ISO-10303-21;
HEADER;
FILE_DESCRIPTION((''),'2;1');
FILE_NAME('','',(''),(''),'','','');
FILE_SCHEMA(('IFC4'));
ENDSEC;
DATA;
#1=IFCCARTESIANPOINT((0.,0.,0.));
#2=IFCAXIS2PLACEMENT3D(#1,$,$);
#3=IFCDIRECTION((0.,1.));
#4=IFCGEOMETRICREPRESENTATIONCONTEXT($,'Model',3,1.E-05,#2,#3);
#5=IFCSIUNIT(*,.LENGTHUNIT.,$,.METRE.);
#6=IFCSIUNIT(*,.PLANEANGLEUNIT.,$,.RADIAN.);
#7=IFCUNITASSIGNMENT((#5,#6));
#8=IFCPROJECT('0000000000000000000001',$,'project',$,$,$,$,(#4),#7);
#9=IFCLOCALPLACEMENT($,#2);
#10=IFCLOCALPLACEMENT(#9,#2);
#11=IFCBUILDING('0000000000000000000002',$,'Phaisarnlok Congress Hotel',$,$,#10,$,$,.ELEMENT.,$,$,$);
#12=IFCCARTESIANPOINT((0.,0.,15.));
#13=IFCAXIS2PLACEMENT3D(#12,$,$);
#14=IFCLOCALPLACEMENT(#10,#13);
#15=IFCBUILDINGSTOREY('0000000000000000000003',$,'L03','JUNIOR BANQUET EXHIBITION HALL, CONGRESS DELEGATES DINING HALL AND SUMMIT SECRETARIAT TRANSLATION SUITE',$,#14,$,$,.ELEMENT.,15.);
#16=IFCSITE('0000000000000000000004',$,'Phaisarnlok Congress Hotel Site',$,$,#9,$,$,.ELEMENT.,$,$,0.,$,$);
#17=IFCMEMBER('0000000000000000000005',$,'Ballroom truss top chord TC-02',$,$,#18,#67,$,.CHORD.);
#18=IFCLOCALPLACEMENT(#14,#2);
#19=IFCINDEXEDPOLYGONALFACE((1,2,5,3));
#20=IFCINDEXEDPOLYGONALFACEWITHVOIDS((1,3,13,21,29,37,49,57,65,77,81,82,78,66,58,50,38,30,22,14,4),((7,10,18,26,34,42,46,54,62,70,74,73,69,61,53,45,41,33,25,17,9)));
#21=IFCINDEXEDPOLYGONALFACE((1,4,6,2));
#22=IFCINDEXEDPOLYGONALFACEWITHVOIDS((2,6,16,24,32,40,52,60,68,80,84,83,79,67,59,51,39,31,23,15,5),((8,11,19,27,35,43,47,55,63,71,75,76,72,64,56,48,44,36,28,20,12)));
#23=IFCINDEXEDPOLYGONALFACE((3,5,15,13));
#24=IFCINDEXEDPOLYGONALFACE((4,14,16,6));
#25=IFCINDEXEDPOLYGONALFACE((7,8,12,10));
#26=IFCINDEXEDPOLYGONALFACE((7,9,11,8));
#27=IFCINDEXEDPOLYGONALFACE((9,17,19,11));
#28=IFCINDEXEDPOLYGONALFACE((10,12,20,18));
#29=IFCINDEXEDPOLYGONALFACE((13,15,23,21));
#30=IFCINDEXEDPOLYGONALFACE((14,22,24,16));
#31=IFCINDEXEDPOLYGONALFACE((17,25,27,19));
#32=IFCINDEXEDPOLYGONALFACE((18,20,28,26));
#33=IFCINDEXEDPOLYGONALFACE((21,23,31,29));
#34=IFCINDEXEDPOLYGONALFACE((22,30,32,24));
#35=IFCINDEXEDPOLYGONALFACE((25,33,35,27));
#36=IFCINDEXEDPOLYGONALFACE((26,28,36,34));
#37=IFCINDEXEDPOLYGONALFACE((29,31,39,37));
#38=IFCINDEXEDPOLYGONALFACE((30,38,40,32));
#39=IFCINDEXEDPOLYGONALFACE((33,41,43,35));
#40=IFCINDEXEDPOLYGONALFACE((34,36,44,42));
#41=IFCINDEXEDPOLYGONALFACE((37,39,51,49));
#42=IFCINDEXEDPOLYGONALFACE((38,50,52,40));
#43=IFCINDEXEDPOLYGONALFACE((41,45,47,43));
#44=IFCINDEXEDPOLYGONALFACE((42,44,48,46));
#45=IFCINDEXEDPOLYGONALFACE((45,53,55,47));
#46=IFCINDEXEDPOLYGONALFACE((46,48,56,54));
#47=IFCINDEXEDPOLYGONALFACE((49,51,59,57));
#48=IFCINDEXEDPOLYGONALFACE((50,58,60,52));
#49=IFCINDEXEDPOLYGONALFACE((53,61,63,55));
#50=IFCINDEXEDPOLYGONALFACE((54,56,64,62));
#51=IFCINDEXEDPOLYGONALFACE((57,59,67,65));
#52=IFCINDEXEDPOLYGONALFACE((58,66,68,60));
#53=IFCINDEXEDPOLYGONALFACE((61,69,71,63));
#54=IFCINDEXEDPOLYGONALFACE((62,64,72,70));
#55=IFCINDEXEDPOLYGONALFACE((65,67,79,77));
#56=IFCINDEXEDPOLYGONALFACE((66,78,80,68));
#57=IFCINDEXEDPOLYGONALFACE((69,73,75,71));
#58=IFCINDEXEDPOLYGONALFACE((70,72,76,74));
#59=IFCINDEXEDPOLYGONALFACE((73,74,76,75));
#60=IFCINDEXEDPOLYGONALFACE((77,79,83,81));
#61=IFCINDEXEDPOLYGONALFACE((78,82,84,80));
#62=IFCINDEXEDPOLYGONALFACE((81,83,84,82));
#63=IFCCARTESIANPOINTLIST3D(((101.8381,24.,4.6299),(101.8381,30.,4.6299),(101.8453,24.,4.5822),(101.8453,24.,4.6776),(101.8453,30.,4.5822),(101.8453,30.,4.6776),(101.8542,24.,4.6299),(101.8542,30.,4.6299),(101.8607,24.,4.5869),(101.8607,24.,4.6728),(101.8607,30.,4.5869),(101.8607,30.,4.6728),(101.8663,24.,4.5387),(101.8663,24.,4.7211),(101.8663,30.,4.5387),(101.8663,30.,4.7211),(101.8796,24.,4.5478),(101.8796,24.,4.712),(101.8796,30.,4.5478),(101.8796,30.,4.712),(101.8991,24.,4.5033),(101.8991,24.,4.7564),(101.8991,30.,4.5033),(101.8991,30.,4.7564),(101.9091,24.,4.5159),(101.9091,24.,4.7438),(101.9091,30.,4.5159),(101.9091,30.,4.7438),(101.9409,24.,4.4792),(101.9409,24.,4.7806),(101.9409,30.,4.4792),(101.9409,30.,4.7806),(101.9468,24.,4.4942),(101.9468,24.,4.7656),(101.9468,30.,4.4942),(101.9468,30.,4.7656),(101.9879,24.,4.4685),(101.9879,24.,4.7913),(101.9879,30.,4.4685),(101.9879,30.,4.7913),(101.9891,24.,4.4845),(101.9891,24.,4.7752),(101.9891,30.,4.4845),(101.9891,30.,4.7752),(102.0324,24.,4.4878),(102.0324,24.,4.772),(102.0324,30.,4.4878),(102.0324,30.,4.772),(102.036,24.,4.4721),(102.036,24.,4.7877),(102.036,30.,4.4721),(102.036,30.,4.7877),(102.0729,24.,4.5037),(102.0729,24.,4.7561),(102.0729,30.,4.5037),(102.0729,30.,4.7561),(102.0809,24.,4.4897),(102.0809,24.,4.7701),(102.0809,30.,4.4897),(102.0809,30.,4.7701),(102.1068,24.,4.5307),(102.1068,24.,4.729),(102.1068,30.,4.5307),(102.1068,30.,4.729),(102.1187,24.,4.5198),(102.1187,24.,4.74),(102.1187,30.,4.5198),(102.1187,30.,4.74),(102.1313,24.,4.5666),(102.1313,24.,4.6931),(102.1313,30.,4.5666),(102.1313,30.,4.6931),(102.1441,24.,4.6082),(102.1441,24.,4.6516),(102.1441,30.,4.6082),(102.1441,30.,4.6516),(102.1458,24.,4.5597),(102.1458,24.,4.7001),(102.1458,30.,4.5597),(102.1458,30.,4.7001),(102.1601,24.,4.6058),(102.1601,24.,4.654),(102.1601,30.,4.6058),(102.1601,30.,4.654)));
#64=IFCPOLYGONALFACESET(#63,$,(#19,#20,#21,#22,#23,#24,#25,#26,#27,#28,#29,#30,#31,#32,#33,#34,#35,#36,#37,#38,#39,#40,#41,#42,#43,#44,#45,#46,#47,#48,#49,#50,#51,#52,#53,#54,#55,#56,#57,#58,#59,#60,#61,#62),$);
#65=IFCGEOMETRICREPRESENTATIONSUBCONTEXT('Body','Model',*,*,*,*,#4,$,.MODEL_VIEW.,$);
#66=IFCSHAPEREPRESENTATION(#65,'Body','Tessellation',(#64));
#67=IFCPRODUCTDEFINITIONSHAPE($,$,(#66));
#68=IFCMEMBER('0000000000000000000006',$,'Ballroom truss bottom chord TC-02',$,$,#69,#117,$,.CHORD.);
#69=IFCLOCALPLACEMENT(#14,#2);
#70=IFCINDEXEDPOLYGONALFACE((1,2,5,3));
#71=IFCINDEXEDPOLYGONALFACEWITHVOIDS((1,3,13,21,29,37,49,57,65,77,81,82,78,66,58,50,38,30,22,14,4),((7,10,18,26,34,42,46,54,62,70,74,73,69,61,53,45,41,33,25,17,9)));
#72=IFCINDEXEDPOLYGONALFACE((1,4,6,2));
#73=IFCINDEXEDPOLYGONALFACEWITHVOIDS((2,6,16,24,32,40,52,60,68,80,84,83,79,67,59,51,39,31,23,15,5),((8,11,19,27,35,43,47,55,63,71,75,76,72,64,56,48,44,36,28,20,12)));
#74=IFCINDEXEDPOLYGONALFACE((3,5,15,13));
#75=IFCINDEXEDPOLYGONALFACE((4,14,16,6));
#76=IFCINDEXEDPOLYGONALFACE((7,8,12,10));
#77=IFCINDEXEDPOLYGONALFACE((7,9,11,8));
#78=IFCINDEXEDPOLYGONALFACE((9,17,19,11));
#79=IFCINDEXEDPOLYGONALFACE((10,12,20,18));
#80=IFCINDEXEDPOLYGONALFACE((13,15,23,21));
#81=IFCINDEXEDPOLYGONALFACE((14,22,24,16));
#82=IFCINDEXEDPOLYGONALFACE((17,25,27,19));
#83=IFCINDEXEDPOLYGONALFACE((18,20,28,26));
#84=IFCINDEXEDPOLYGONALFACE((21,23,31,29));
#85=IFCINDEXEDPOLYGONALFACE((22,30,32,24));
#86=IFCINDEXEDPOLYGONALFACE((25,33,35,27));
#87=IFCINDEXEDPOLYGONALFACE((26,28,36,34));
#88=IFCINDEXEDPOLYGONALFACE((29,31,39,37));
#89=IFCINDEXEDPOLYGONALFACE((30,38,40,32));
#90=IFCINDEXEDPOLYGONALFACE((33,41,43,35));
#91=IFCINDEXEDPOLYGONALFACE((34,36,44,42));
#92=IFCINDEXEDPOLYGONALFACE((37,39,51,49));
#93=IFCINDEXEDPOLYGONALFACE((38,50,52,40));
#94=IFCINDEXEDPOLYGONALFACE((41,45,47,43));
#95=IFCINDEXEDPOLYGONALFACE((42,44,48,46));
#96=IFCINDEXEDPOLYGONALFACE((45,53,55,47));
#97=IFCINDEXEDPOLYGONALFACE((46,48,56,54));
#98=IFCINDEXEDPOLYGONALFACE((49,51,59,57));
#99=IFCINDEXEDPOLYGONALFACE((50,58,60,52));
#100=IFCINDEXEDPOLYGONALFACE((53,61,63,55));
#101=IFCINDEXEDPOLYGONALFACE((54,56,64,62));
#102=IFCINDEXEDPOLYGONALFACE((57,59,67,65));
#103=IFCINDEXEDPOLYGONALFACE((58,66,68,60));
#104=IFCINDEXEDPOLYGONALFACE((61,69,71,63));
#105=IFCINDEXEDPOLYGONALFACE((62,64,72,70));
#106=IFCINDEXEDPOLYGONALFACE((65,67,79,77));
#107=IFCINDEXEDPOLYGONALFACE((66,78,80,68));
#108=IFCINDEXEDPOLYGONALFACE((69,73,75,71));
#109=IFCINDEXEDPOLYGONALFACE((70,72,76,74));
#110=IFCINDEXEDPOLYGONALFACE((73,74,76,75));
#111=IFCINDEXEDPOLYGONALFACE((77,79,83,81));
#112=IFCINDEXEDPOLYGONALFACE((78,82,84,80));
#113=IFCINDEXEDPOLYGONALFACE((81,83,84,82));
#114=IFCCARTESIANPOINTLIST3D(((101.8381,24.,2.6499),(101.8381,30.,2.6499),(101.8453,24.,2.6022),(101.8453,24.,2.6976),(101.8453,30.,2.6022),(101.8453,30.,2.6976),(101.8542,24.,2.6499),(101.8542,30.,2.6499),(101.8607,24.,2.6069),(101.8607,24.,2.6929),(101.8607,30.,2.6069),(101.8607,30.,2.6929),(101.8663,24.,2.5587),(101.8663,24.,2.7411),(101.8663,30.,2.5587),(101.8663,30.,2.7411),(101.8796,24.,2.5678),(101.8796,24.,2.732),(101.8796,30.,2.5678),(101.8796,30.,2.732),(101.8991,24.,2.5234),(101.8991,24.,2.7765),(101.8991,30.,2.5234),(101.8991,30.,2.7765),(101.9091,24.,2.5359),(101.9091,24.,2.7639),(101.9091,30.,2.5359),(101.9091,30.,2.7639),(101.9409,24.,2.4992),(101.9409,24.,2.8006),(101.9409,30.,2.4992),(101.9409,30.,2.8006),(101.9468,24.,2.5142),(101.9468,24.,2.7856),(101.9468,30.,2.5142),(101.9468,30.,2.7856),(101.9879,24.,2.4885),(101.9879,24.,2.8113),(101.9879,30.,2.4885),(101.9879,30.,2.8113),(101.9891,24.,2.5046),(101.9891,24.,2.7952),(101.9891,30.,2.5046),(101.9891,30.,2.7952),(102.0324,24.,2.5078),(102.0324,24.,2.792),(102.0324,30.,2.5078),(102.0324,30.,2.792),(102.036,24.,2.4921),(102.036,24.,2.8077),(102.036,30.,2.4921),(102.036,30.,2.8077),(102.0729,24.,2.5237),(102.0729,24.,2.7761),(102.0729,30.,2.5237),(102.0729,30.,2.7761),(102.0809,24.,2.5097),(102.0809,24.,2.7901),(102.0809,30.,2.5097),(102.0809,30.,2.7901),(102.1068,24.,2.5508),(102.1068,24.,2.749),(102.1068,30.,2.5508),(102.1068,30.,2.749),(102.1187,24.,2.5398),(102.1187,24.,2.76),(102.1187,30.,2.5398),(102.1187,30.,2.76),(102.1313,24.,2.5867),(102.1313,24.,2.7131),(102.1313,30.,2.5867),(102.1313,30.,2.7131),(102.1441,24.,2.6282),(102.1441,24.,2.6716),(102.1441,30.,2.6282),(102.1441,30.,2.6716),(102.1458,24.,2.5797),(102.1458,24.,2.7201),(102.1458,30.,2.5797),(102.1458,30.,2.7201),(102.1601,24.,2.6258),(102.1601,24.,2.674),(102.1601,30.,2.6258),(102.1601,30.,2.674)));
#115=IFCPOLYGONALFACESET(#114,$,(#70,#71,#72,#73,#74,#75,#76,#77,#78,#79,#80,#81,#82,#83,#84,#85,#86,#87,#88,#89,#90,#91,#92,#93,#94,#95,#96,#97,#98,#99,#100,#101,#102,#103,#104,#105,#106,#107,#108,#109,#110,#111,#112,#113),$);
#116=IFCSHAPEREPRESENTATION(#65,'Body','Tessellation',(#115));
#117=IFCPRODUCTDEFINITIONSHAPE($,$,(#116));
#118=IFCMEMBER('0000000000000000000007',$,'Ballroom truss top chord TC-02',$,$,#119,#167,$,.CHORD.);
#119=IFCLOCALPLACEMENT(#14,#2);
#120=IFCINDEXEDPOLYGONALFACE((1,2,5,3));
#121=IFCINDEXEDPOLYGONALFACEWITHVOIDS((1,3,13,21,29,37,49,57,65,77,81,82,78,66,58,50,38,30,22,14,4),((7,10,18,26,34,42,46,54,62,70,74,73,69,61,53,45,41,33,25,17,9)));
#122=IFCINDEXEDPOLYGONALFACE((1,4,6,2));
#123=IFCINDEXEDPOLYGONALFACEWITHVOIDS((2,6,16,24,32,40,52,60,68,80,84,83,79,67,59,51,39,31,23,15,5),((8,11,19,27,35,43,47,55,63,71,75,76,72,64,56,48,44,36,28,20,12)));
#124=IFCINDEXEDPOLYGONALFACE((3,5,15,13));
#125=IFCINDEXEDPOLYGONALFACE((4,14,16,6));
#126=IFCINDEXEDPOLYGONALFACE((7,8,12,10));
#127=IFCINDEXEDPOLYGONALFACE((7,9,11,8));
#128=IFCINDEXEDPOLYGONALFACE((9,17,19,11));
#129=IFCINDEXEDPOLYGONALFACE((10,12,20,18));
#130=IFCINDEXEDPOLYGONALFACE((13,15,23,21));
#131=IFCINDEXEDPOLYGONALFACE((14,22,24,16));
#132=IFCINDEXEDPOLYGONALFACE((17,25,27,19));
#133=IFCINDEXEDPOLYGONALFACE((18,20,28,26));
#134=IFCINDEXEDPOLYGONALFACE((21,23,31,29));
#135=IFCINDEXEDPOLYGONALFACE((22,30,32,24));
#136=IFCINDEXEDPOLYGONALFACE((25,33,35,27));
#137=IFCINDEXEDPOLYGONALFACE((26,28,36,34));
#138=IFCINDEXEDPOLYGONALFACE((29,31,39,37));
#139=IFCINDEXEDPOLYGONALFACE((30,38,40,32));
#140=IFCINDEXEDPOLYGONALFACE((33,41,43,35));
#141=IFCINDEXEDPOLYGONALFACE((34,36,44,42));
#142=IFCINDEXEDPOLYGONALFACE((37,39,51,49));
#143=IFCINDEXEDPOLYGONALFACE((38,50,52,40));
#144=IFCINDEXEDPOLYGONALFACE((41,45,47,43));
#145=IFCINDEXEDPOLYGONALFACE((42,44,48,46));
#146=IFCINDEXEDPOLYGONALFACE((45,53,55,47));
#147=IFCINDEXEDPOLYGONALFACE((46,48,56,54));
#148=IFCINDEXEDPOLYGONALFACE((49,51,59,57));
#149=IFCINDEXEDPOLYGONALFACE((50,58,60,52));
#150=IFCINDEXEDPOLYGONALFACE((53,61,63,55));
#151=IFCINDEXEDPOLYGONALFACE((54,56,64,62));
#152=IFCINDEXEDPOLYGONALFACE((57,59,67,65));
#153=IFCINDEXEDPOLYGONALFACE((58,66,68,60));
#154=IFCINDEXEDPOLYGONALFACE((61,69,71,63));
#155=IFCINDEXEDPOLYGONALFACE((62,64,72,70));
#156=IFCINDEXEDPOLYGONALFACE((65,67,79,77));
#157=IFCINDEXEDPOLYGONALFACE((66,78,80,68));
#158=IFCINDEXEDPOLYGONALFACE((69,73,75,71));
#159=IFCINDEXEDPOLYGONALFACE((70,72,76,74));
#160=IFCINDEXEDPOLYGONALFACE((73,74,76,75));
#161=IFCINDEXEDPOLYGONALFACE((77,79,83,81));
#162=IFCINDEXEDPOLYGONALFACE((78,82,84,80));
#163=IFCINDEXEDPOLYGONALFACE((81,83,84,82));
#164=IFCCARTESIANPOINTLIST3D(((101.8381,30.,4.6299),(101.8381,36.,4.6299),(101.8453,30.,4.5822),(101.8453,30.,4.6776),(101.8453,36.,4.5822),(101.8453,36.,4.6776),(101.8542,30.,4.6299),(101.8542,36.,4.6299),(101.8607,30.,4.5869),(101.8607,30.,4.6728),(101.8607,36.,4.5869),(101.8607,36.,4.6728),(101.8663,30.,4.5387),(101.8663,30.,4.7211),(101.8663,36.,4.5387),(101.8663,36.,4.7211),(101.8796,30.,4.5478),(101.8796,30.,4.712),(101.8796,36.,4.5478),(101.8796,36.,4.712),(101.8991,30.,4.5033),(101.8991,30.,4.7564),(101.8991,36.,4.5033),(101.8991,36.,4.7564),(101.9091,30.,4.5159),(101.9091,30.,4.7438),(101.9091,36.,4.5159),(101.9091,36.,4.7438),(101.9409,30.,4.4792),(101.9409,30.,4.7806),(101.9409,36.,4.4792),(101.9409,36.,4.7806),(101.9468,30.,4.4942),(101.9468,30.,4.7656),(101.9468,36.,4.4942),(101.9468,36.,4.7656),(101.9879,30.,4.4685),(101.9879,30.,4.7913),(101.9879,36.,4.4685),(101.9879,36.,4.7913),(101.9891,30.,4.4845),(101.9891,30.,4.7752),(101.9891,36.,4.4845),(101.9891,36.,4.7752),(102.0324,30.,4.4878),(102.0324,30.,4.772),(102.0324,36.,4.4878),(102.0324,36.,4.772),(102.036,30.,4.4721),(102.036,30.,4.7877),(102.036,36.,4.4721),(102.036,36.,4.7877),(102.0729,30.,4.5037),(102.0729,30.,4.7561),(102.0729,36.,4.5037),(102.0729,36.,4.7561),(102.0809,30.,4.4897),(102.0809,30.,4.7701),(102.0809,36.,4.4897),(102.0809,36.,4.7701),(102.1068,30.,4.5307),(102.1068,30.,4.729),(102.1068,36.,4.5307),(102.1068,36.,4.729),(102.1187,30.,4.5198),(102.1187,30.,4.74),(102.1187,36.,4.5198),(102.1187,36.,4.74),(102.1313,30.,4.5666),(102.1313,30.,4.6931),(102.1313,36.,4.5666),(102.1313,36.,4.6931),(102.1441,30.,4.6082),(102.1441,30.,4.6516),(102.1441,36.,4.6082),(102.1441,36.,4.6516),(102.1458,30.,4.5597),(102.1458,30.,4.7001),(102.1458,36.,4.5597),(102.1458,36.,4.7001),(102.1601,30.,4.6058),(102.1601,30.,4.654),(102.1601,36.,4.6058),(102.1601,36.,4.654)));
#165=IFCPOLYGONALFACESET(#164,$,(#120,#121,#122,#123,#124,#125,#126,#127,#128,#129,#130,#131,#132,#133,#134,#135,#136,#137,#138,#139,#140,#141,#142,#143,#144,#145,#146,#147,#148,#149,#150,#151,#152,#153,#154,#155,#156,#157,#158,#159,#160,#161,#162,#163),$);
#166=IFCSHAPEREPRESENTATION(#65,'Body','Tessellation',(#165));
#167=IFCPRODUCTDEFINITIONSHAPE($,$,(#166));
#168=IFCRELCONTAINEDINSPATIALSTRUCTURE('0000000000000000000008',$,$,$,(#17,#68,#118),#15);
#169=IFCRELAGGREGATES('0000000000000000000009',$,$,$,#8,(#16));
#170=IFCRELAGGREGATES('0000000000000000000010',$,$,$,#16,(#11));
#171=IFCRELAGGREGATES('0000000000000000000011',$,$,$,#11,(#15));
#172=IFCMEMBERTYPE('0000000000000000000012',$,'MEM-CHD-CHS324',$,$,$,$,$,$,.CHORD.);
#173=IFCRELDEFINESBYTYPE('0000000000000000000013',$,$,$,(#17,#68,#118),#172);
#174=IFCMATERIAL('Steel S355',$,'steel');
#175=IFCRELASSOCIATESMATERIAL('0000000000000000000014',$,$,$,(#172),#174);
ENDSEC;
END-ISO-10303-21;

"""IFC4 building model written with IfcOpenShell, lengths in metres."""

from ifc_helpers import new_model, si_unit, direction, frame, origin, origin_2d, place, context, subcontext, project, spatial, hollow_circle, extrude, material, material_profile, profile_set, type_object, element, save


model = new_model("IFC4")

# Units and contexts
model_context = context("Model", 3, precision=1e-05, world=origin(), true_north=direction((0.0, 1.0)))
body_context = subcontext(model_context, "Body", "Model", "MODEL_VIEW")
ifc_project = project(units=[si_unit("LENGTHUNIT", "METRE"), si_unit("PLANEANGLEUNIT", "RADIAN")], contexts=[model_context])

# Site, building, storey
site_placement = place(None, origin())
site = spatial("IfcSite", under=ifc_project, at=site_placement, Name="Phaisarnlok Congress Hotel Site", CompositionType="ELEMENT", RefElevation=0.0)
building_placement = place(site_placement, origin())
building = spatial("IfcBuilding", under=site, at=building_placement, Name="Phaisarnlok Congress Hotel", CompositionType="ELEMENT")
storey_placement = place(building_placement, frame((0.0, 0.0, 15.0)))
storey = spatial("IfcBuildingStorey", under=building, at=storey_placement, Name="L03", Description="JUNIOR BANQUET EXHIBITION HALL, CONGRESS DELEGATES DINING HALL AND SUMMIT SECRETARIAT TRANSLATION SUITE", CompositionType="ELEMENT", Elevation=15.0)

# Members
ifc_material_1 = material(Name="Steel S355", Category="steel")
ifc_material_profile_1 = material_profile(ifc_material_1, hollow_circle(Radius=0.1619, WallThickness=0.0161, at=origin_2d()), Name="CHS 323.9x16")
ifc_profile_set_1 = profile_set([ifc_material_profile_1], Name="Steel S355")
member_type_1 = type_object("IfcMemberType", Name="MEM-CHD-CHS324", PredefinedType="CHORD", material=ifc_profile_set_1)
for number, where, z_axis, x_axis, name in (
    (1, (102.0, 24.0, 4.6299), (0.0, 1.0, 0.0), (-1.0, 0.0, 0.0), "Ballroom truss top chord TC-02"),
    (2, (102.0, 24.0, 2.6499), (0.0, 1.0, 0.0), (-1.0, 0.0, 0.0), "Ballroom truss bottom chord TC-02"),
    (3, (102.0, 30.0, 4.6299), (0.0, 1.0, 0.0), (-1.0, 0.0, 0.0), "Ballroom truss top chord TC-02"),
):
    element("IfcMember", number, at=place(storey_placement, frame(where, z_axis=z_axis, x_axis=x_axis)), inside=storey, type_object=member_type_1, Name=name, PredefinedType="CHORD", context=body_context, shape_type="SweptSolid", body=[
        extrude(hollow_circle(Radius=0.1619, WallThickness=0.0161, at=origin_2d()), origin(), (0.0, 0.0, 1.0), 6.0),
    ])

save(model, "model.ifc")
